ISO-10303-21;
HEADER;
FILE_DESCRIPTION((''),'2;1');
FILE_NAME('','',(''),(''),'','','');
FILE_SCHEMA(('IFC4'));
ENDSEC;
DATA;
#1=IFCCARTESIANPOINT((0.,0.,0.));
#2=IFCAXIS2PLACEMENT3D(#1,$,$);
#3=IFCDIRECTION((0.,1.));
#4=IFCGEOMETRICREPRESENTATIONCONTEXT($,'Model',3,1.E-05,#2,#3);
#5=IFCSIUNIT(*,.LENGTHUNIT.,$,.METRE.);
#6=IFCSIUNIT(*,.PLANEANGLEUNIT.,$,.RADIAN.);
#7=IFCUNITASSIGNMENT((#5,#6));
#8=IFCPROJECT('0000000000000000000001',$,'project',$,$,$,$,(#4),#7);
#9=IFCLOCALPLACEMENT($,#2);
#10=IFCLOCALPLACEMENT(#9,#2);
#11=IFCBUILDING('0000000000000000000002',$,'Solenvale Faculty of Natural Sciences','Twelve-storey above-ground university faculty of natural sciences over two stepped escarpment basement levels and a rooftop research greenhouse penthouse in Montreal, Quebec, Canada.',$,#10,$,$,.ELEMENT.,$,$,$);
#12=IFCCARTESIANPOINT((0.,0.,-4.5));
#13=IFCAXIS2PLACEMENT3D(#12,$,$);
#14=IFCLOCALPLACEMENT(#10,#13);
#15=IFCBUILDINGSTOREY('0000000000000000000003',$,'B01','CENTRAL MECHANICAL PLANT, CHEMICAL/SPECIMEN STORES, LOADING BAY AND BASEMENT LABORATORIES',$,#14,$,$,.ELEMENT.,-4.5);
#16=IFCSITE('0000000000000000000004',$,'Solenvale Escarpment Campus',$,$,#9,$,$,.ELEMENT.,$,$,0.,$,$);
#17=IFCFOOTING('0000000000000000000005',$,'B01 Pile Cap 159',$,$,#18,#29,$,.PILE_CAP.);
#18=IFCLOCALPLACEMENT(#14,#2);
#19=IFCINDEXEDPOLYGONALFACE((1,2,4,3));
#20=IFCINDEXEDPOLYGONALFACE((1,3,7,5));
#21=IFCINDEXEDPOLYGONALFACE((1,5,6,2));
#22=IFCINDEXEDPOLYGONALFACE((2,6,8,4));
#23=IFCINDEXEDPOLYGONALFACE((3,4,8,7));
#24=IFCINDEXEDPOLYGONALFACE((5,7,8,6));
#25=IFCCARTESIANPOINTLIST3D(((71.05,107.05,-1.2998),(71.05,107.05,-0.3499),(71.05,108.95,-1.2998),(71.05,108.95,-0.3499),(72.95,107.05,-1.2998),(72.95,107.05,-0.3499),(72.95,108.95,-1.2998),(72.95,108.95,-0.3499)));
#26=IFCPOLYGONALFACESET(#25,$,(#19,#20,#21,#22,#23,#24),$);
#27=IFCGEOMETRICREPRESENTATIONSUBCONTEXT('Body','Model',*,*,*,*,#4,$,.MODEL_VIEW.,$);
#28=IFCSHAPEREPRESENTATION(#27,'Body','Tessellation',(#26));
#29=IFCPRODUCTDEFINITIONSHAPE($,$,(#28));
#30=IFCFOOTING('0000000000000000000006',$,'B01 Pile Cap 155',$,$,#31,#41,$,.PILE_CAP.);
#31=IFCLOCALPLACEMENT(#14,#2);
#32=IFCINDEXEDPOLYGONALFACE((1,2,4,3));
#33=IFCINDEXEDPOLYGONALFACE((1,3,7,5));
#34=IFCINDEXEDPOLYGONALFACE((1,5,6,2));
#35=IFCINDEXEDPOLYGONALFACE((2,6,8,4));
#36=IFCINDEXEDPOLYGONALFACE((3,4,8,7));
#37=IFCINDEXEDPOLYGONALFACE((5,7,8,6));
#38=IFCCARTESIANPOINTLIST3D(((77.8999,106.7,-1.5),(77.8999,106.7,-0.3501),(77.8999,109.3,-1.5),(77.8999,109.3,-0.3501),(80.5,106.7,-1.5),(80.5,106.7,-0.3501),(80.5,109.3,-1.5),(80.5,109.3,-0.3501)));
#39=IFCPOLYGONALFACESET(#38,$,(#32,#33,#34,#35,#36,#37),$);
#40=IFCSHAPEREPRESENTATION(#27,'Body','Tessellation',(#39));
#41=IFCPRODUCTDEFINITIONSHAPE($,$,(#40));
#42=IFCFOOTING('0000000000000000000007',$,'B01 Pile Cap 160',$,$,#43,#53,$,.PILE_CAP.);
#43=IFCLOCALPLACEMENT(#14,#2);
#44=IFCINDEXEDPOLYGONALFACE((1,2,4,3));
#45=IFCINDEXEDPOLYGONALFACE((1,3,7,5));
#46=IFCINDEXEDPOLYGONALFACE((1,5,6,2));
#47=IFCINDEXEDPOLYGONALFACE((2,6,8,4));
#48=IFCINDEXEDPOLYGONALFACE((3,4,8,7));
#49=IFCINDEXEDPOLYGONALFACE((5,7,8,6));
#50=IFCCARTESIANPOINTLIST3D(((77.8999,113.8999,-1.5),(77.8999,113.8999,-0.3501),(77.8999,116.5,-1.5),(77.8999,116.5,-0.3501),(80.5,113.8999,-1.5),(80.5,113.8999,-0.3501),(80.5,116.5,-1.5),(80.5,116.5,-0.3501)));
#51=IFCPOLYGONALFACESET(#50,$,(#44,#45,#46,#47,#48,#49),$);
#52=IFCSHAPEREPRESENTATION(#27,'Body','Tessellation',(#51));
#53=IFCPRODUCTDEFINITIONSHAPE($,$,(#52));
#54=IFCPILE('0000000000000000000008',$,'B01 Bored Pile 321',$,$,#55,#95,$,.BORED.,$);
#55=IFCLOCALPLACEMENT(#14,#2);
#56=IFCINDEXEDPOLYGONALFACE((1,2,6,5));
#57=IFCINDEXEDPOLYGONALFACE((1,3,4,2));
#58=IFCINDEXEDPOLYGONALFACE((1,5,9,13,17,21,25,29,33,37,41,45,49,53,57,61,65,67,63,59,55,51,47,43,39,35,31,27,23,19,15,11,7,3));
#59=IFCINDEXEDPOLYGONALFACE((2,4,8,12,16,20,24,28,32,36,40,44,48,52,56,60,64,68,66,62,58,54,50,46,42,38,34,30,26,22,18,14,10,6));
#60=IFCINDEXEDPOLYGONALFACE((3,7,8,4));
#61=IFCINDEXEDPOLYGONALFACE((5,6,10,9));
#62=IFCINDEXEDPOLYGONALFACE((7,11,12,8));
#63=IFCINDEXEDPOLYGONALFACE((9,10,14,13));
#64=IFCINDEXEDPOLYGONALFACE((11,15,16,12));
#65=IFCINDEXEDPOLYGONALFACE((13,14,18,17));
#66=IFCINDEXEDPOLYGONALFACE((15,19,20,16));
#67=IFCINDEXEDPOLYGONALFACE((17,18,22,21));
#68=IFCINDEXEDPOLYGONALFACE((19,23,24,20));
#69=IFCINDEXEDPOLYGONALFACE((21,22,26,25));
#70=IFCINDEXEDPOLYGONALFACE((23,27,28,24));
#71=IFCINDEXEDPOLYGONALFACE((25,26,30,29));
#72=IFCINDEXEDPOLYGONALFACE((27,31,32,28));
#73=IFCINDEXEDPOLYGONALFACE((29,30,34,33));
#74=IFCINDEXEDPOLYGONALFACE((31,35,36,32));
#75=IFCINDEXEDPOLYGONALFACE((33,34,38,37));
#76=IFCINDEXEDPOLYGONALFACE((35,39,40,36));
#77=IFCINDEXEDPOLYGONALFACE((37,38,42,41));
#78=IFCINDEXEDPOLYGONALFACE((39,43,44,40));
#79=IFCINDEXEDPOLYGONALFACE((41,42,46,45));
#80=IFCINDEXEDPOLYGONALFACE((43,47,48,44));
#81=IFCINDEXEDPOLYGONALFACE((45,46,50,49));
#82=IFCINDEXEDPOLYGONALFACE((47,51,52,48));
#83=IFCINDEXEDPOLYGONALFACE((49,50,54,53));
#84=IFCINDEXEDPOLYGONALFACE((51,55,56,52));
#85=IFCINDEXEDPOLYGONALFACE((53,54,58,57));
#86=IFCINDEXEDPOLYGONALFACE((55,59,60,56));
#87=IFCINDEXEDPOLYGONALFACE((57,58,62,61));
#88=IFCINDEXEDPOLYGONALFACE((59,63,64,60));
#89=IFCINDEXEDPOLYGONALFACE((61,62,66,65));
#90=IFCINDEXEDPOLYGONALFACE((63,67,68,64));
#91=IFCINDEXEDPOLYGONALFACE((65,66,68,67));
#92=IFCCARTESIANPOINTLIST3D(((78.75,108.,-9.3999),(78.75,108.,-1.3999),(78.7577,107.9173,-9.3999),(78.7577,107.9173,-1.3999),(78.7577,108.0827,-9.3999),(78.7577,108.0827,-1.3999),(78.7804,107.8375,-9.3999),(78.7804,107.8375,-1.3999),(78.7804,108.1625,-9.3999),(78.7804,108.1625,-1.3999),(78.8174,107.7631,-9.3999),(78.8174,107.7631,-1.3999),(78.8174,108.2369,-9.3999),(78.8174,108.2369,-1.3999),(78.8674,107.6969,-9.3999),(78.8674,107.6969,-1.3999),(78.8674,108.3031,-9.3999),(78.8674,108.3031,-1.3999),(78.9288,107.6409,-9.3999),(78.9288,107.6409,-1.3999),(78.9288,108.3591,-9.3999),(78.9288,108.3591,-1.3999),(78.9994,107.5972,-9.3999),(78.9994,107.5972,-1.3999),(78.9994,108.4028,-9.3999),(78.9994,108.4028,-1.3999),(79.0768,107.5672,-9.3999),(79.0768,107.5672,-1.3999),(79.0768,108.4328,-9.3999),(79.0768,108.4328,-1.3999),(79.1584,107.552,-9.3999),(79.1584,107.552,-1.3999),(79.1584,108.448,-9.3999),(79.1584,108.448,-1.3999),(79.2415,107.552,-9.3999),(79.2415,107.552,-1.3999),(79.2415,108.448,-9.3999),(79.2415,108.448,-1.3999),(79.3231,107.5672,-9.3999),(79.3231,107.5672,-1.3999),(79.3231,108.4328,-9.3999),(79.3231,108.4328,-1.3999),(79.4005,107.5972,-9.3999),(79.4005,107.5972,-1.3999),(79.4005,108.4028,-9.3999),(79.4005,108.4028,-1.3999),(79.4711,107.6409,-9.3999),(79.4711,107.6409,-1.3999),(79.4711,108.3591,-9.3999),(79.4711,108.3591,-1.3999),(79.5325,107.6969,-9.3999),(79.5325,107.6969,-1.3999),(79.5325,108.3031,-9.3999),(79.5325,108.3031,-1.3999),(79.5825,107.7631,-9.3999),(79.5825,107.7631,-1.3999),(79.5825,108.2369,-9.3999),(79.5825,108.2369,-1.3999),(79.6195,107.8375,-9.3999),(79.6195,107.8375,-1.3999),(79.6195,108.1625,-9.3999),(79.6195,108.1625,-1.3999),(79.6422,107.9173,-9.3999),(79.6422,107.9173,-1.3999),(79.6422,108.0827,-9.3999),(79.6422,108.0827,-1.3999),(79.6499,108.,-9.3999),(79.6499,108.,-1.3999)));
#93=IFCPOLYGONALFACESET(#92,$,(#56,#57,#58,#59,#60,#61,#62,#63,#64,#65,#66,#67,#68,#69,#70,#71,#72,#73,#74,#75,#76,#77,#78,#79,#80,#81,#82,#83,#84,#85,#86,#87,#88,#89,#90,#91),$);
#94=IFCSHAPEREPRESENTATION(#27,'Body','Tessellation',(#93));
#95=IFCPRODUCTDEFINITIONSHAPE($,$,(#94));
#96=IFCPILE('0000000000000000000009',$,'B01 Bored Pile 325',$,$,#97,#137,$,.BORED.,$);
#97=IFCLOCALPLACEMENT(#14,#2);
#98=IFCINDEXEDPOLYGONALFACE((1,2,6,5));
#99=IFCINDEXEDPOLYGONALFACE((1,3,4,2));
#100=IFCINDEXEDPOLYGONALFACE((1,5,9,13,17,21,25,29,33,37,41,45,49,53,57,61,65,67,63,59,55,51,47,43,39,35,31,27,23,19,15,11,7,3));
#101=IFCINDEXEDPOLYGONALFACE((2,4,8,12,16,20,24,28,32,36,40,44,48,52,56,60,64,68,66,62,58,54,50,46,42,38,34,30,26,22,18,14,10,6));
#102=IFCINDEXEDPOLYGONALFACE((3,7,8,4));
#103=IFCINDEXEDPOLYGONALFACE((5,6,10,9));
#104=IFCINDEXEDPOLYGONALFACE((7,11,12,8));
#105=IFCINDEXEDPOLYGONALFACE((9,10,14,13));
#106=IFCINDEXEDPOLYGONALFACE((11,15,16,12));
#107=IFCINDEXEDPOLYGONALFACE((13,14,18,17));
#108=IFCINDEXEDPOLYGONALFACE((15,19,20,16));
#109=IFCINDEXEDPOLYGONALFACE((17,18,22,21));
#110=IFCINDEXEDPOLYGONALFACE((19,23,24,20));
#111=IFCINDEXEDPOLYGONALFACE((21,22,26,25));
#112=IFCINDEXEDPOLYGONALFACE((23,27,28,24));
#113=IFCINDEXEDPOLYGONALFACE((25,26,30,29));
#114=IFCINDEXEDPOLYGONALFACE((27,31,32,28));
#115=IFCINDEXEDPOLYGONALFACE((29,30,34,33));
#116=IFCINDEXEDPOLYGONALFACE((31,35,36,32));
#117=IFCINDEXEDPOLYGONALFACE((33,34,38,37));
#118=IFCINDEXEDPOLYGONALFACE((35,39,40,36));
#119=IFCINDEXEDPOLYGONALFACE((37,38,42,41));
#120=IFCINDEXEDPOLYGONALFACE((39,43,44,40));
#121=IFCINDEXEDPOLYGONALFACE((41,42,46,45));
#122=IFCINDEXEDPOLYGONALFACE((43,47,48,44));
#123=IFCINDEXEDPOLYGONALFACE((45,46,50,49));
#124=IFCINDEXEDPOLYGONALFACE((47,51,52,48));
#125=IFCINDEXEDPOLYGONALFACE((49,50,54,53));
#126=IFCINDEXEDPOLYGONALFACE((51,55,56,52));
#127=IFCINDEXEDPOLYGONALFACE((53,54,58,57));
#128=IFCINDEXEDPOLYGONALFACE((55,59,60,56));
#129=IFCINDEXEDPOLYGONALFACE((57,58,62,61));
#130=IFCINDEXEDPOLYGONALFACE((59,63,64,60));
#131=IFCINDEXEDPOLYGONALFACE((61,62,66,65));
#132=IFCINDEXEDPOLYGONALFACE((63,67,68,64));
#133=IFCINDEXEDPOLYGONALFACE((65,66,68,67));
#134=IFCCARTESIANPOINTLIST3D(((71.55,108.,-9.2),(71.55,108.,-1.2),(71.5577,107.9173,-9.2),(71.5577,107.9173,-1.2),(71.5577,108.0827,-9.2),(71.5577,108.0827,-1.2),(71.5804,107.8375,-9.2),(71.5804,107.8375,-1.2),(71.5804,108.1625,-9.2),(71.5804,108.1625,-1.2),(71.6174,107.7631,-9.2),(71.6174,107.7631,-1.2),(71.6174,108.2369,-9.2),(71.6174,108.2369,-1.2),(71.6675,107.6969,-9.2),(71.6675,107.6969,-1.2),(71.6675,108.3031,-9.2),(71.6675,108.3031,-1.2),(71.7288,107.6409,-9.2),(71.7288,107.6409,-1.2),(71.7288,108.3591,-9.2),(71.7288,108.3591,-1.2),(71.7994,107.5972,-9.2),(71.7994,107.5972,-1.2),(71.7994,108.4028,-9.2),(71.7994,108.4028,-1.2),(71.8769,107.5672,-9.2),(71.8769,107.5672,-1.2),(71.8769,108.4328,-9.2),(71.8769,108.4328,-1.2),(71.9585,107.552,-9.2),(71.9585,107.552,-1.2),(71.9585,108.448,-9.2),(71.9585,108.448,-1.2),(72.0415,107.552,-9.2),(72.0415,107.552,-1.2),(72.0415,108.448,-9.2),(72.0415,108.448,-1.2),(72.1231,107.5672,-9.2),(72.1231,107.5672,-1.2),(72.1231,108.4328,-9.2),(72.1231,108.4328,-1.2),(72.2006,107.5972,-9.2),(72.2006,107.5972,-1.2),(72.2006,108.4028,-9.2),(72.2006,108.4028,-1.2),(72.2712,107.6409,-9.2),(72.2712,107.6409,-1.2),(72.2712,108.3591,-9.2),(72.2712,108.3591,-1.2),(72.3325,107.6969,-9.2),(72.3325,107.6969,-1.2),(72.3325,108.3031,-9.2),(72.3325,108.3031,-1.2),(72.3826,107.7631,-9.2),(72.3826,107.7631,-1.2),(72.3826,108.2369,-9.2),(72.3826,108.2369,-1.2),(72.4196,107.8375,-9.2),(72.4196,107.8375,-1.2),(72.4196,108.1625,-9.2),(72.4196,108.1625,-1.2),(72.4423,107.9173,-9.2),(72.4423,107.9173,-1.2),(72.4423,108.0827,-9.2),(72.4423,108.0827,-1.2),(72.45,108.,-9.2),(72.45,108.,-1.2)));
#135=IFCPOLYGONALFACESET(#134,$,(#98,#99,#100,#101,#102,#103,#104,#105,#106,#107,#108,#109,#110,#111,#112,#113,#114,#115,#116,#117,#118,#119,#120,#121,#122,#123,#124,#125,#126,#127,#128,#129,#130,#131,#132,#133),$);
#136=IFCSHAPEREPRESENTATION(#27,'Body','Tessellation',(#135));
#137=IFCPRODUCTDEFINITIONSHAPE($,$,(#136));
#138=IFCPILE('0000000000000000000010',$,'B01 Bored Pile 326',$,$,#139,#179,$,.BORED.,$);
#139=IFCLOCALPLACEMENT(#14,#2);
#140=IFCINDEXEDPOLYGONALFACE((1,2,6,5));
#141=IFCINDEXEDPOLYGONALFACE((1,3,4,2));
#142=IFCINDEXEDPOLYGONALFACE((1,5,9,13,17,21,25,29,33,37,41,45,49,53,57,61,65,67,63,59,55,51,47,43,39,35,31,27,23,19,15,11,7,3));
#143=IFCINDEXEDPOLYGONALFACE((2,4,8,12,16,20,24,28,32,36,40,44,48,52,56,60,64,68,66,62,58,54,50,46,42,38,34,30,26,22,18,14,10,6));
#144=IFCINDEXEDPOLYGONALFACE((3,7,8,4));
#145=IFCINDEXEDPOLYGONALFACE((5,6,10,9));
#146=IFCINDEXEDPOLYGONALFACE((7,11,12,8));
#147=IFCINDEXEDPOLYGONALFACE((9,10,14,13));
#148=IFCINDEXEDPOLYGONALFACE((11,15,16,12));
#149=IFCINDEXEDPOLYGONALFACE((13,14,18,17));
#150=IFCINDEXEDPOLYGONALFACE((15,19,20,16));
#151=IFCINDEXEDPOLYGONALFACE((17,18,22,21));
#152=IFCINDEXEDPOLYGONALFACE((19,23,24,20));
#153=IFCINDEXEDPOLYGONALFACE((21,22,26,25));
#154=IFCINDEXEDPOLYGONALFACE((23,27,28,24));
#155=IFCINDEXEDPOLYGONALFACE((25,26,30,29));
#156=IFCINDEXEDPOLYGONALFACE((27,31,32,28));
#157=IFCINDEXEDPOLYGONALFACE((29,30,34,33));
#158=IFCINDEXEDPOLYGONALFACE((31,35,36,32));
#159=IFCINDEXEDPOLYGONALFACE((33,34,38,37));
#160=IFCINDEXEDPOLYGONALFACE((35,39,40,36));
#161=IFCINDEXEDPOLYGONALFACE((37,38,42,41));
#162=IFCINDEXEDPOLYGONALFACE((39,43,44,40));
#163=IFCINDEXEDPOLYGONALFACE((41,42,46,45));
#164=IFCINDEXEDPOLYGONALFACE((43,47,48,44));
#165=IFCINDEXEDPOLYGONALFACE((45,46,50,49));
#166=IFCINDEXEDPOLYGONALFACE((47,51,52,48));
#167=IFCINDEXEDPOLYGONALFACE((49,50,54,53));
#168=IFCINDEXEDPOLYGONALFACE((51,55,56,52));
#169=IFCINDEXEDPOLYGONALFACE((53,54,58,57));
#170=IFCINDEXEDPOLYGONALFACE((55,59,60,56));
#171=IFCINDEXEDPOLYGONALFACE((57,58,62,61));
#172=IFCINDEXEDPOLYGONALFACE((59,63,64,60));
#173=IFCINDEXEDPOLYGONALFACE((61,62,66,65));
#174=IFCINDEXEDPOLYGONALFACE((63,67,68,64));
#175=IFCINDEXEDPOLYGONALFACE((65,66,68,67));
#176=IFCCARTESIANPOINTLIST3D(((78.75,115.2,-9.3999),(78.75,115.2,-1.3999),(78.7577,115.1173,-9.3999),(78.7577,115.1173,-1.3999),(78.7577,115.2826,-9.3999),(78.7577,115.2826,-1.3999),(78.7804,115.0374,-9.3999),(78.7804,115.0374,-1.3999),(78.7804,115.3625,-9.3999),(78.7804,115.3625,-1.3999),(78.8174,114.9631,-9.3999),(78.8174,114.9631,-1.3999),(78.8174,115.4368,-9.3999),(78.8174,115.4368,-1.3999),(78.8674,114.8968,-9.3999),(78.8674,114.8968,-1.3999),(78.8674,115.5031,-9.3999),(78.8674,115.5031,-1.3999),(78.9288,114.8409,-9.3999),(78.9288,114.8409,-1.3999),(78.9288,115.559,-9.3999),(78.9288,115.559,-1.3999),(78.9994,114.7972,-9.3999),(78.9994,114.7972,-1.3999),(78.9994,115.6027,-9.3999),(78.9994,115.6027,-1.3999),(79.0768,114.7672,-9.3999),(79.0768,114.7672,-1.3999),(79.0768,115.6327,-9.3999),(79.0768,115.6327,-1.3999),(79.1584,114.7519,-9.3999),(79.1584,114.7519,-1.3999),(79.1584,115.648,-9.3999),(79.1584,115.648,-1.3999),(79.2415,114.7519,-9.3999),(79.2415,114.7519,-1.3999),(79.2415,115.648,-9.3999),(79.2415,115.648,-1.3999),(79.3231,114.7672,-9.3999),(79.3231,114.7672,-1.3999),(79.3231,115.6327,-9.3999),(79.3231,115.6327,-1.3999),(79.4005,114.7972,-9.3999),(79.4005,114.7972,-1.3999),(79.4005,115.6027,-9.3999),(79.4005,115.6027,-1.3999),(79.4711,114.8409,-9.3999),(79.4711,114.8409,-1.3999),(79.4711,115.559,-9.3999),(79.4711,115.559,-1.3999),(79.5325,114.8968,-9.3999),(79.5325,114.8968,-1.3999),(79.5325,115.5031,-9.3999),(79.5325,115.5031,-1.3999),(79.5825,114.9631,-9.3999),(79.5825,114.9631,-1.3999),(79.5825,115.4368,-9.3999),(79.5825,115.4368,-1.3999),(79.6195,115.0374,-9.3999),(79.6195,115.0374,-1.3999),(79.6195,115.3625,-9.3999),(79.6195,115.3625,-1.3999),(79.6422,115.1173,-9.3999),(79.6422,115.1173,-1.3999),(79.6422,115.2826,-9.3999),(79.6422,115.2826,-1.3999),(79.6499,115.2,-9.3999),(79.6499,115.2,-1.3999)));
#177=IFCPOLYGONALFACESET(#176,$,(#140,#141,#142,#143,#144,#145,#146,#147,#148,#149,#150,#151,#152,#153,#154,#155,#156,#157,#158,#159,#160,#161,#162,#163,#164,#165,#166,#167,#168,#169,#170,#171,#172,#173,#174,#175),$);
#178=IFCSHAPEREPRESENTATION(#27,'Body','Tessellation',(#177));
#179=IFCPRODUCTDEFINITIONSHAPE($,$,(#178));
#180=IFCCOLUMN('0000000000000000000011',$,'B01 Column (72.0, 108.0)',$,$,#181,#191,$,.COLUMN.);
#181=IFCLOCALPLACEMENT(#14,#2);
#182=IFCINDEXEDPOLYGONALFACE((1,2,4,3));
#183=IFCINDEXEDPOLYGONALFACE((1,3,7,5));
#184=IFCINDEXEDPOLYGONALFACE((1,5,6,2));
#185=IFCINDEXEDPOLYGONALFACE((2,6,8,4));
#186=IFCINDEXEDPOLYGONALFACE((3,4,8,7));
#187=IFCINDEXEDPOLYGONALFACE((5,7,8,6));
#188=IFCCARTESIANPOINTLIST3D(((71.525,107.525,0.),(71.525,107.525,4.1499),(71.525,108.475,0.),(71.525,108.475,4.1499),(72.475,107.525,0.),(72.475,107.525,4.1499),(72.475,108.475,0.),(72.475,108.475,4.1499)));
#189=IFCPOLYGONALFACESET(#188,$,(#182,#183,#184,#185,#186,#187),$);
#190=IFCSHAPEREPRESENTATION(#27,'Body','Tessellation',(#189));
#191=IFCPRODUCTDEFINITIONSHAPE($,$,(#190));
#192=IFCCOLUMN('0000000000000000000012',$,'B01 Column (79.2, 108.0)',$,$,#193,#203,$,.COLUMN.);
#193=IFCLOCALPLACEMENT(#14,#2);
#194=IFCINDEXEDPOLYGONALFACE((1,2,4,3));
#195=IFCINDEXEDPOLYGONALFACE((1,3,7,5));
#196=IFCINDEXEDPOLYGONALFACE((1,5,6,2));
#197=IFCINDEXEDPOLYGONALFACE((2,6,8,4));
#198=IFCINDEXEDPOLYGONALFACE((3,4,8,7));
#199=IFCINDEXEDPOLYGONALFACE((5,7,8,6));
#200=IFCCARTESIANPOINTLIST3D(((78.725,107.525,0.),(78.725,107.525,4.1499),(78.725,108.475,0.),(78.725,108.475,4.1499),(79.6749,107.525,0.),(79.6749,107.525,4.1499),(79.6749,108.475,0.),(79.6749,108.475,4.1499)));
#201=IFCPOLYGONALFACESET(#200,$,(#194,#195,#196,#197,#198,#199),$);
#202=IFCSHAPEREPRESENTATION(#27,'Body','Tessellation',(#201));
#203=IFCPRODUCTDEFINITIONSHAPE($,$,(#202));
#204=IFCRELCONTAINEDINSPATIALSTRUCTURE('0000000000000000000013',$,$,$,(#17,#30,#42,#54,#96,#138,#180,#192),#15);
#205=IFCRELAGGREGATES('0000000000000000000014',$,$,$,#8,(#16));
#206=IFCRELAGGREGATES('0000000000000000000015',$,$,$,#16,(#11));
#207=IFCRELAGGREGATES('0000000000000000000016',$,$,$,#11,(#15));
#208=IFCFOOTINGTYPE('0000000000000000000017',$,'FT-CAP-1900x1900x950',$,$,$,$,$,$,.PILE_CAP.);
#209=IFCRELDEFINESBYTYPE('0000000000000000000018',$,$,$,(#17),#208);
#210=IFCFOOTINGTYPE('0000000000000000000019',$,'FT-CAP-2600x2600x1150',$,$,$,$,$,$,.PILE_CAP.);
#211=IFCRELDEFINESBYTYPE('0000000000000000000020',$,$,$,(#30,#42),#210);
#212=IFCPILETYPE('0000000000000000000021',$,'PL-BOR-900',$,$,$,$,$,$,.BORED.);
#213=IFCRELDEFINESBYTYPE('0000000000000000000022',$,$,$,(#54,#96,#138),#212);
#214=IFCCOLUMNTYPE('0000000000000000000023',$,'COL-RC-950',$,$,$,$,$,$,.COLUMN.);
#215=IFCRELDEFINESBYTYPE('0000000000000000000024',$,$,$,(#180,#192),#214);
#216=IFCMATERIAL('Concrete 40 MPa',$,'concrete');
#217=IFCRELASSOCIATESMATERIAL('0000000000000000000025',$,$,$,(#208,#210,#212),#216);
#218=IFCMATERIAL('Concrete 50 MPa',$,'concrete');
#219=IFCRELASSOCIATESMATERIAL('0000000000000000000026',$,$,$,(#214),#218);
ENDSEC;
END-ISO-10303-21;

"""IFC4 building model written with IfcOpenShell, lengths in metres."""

from ifc_helpers import new_model, si_unit, direction, frame, origin, origin_2d, place, context, subcontext, project, spatial, rectangle, circle, extrude, material, material_profile, profile_set, type_object, element, save


model = new_model("IFC4")

# Units and contexts
model_context = context("Model", 3, precision=1e-05, world=origin(), true_north=direction((0.0, 1.0)))
body_context = subcontext(model_context, "Body", "Model", "MODEL_VIEW")
ifc_project = project(units=[si_unit("LENGTHUNIT", "METRE"), si_unit("PLANEANGLEUNIT", "RADIAN")], contexts=[model_context])

# Site, building, storey
site_placement = place(None, origin())
site = spatial("IfcSite", under=ifc_project, at=site_placement, Name="Solenvale Escarpment Campus", CompositionType="ELEMENT", RefElevation=0.0)
building_placement = place(site_placement, origin())
building = spatial("IfcBuilding", under=site, at=building_placement, Name="Solenvale Faculty of Natural Sciences", Description="Twelve-storey above-ground university faculty of natural sciences over two stepped escarpment basement levels and a rooftop research greenhouse penthouse in Montreal, Quebec, Canada.", CompositionType="ELEMENT")
storey_placement = place(building_placement, frame((0.0, 0.0, -4.5)))
storey = spatial("IfcBuildingStorey", under=building, at=storey_placement, Name="B01", Description="CENTRAL MECHANICAL PLANT, CHEMICAL/SPECIMEN STORES, LOADING BAY AND BASEMENT LABORATORIES", CompositionType="ELEMENT", Elevation=-4.5)

# Footings
ifc_material_1 = material(Name="Concrete 40 MPa", Category="concrete")
footing_type_1 = type_object("IfcFootingType", Name="FT-CAP-1900x1900x950", PredefinedType="PILE_CAP", material=ifc_material_1)
footing_placement = place(storey_placement, frame((72.0, 108.0, -1.2998), z_axis=(0.0, 0.0, 1.0), x_axis=(1.0, 0.0, 0.0)))
element("IfcFooting", 1, at=footing_placement, inside=storey, type_object=footing_type_1, Name="B01 Pile Cap 159", PredefinedType="PILE_CAP", context=body_context, shape_type="SweptSolid", body=[
    extrude(rectangle(XDim=1.8999, YDim=1.8999, at=origin_2d()), origin(), (0.0, 0.0, 1.0), 0.95),
])
footing_type_2 = type_object("IfcFootingType", Name="FT-CAP-2600x2600x1150", PredefinedType="PILE_CAP", material=ifc_material_1)
for number, where, z_axis, x_axis, name in (
    (2, (79.2, 108.0, -1.5), (0.0, 0.0, 1.0), (1.0, 0.0, 0.0), "B01 Pile Cap 155"),
    (3, (79.2, 115.2, -1.5), (0.0, 0.0, 1.0), (1.0, 0.0, 0.0), "B01 Pile Cap 160"),
):
    element("IfcFooting", number, at=place(storey_placement, frame(where, z_axis=z_axis, x_axis=x_axis)), inside=storey, type_object=footing_type_2, Name=name, PredefinedType="PILE_CAP", context=body_context, shape_type="SweptSolid", body=[
        extrude(rectangle(XDim=2.6001, YDim=2.6001, at=origin_2d()), origin(), (0.0, 0.0, 1.0), 1.1499),
    ])

# Piles
ifc_material_profile_1 = material_profile(ifc_material_1, circle(Radius=0.45, at=origin_2d()), Name="PILE-D900")
ifc_profile_set_1 = profile_set([ifc_material_profile_1], Name="Concrete 40 MPa")
pile_type = type_object("IfcPileType", Name="PL-BOR-900", PredefinedType="BORED", material=ifc_profile_set_1)
for number, where, z_axis, x_axis, name in (
    (4, (79.2, 108.0, -1.3999), (0.0, 0.0, -1.0), (1.0, 0.0, 0.0), "B01 Bored Pile 321"),
    (5, (72.0, 108.0, -1.2), (0.0, 0.0, -1.0), (1.0, 0.0, 0.0), "B01 Bored Pile 325"),
    (6, (79.2, 115.2, -1.3999), (0.0, 0.0, -1.0), (1.0, 0.0, 0.0), "B01 Bored Pile 326"),
):
    element("IfcPile", number, at=place(storey_placement, frame(where, z_axis=z_axis, x_axis=x_axis)), inside=storey, type_object=pile_type, Name=name, PredefinedType="BORED", context=body_context, shape_type="SweptSolid", body=[
        extrude(circle(Radius=0.45, at=origin_2d()), origin(), (0.0, 0.0, 1.0), 8.0),
    ])

# Columns
ifc_material_2 = material(Name="Concrete 50 MPa", Category="concrete")
ifc_material_profile_2 = material_profile(ifc_material_2, rectangle(XDim=0.95, YDim=0.95, at=origin_2d()), Name="RC-COL-950x950")
ifc_profile_set_2 = profile_set([ifc_material_profile_2], Name="Concrete 50 MPa")
column_type = type_object("IfcColumnType", Name="COL-RC-950", PredefinedType="COLUMN", material=ifc_profile_set_2)
for number, where, z_axis, x_axis, name in (
    (7, (72.0, 108.0, 0.0), (0.0, 0.0, 1.0), (1.0, 0.0, 0.0), "B01 Column (72.0, 108.0)"),
    (8, (79.2, 108.0, 0.0), (0.0, 0.0, 1.0), (1.0, 0.0, 0.0), "B01 Column (79.2, 108.0)"),
):
    element("IfcColumn", number, at=place(storey_placement, frame(where, z_axis=z_axis, x_axis=x_axis)), inside=storey, type_object=column_type, Name=name, PredefinedType="COLUMN", context=body_context, shape_type="SweptSolid", body=[
        extrude(rectangle(XDim=0.95, YDim=0.95, at=origin_2d()), origin(), (0.0, 0.0, 1.0), 4.1499),
    ])

save(model, "model.ifc")
